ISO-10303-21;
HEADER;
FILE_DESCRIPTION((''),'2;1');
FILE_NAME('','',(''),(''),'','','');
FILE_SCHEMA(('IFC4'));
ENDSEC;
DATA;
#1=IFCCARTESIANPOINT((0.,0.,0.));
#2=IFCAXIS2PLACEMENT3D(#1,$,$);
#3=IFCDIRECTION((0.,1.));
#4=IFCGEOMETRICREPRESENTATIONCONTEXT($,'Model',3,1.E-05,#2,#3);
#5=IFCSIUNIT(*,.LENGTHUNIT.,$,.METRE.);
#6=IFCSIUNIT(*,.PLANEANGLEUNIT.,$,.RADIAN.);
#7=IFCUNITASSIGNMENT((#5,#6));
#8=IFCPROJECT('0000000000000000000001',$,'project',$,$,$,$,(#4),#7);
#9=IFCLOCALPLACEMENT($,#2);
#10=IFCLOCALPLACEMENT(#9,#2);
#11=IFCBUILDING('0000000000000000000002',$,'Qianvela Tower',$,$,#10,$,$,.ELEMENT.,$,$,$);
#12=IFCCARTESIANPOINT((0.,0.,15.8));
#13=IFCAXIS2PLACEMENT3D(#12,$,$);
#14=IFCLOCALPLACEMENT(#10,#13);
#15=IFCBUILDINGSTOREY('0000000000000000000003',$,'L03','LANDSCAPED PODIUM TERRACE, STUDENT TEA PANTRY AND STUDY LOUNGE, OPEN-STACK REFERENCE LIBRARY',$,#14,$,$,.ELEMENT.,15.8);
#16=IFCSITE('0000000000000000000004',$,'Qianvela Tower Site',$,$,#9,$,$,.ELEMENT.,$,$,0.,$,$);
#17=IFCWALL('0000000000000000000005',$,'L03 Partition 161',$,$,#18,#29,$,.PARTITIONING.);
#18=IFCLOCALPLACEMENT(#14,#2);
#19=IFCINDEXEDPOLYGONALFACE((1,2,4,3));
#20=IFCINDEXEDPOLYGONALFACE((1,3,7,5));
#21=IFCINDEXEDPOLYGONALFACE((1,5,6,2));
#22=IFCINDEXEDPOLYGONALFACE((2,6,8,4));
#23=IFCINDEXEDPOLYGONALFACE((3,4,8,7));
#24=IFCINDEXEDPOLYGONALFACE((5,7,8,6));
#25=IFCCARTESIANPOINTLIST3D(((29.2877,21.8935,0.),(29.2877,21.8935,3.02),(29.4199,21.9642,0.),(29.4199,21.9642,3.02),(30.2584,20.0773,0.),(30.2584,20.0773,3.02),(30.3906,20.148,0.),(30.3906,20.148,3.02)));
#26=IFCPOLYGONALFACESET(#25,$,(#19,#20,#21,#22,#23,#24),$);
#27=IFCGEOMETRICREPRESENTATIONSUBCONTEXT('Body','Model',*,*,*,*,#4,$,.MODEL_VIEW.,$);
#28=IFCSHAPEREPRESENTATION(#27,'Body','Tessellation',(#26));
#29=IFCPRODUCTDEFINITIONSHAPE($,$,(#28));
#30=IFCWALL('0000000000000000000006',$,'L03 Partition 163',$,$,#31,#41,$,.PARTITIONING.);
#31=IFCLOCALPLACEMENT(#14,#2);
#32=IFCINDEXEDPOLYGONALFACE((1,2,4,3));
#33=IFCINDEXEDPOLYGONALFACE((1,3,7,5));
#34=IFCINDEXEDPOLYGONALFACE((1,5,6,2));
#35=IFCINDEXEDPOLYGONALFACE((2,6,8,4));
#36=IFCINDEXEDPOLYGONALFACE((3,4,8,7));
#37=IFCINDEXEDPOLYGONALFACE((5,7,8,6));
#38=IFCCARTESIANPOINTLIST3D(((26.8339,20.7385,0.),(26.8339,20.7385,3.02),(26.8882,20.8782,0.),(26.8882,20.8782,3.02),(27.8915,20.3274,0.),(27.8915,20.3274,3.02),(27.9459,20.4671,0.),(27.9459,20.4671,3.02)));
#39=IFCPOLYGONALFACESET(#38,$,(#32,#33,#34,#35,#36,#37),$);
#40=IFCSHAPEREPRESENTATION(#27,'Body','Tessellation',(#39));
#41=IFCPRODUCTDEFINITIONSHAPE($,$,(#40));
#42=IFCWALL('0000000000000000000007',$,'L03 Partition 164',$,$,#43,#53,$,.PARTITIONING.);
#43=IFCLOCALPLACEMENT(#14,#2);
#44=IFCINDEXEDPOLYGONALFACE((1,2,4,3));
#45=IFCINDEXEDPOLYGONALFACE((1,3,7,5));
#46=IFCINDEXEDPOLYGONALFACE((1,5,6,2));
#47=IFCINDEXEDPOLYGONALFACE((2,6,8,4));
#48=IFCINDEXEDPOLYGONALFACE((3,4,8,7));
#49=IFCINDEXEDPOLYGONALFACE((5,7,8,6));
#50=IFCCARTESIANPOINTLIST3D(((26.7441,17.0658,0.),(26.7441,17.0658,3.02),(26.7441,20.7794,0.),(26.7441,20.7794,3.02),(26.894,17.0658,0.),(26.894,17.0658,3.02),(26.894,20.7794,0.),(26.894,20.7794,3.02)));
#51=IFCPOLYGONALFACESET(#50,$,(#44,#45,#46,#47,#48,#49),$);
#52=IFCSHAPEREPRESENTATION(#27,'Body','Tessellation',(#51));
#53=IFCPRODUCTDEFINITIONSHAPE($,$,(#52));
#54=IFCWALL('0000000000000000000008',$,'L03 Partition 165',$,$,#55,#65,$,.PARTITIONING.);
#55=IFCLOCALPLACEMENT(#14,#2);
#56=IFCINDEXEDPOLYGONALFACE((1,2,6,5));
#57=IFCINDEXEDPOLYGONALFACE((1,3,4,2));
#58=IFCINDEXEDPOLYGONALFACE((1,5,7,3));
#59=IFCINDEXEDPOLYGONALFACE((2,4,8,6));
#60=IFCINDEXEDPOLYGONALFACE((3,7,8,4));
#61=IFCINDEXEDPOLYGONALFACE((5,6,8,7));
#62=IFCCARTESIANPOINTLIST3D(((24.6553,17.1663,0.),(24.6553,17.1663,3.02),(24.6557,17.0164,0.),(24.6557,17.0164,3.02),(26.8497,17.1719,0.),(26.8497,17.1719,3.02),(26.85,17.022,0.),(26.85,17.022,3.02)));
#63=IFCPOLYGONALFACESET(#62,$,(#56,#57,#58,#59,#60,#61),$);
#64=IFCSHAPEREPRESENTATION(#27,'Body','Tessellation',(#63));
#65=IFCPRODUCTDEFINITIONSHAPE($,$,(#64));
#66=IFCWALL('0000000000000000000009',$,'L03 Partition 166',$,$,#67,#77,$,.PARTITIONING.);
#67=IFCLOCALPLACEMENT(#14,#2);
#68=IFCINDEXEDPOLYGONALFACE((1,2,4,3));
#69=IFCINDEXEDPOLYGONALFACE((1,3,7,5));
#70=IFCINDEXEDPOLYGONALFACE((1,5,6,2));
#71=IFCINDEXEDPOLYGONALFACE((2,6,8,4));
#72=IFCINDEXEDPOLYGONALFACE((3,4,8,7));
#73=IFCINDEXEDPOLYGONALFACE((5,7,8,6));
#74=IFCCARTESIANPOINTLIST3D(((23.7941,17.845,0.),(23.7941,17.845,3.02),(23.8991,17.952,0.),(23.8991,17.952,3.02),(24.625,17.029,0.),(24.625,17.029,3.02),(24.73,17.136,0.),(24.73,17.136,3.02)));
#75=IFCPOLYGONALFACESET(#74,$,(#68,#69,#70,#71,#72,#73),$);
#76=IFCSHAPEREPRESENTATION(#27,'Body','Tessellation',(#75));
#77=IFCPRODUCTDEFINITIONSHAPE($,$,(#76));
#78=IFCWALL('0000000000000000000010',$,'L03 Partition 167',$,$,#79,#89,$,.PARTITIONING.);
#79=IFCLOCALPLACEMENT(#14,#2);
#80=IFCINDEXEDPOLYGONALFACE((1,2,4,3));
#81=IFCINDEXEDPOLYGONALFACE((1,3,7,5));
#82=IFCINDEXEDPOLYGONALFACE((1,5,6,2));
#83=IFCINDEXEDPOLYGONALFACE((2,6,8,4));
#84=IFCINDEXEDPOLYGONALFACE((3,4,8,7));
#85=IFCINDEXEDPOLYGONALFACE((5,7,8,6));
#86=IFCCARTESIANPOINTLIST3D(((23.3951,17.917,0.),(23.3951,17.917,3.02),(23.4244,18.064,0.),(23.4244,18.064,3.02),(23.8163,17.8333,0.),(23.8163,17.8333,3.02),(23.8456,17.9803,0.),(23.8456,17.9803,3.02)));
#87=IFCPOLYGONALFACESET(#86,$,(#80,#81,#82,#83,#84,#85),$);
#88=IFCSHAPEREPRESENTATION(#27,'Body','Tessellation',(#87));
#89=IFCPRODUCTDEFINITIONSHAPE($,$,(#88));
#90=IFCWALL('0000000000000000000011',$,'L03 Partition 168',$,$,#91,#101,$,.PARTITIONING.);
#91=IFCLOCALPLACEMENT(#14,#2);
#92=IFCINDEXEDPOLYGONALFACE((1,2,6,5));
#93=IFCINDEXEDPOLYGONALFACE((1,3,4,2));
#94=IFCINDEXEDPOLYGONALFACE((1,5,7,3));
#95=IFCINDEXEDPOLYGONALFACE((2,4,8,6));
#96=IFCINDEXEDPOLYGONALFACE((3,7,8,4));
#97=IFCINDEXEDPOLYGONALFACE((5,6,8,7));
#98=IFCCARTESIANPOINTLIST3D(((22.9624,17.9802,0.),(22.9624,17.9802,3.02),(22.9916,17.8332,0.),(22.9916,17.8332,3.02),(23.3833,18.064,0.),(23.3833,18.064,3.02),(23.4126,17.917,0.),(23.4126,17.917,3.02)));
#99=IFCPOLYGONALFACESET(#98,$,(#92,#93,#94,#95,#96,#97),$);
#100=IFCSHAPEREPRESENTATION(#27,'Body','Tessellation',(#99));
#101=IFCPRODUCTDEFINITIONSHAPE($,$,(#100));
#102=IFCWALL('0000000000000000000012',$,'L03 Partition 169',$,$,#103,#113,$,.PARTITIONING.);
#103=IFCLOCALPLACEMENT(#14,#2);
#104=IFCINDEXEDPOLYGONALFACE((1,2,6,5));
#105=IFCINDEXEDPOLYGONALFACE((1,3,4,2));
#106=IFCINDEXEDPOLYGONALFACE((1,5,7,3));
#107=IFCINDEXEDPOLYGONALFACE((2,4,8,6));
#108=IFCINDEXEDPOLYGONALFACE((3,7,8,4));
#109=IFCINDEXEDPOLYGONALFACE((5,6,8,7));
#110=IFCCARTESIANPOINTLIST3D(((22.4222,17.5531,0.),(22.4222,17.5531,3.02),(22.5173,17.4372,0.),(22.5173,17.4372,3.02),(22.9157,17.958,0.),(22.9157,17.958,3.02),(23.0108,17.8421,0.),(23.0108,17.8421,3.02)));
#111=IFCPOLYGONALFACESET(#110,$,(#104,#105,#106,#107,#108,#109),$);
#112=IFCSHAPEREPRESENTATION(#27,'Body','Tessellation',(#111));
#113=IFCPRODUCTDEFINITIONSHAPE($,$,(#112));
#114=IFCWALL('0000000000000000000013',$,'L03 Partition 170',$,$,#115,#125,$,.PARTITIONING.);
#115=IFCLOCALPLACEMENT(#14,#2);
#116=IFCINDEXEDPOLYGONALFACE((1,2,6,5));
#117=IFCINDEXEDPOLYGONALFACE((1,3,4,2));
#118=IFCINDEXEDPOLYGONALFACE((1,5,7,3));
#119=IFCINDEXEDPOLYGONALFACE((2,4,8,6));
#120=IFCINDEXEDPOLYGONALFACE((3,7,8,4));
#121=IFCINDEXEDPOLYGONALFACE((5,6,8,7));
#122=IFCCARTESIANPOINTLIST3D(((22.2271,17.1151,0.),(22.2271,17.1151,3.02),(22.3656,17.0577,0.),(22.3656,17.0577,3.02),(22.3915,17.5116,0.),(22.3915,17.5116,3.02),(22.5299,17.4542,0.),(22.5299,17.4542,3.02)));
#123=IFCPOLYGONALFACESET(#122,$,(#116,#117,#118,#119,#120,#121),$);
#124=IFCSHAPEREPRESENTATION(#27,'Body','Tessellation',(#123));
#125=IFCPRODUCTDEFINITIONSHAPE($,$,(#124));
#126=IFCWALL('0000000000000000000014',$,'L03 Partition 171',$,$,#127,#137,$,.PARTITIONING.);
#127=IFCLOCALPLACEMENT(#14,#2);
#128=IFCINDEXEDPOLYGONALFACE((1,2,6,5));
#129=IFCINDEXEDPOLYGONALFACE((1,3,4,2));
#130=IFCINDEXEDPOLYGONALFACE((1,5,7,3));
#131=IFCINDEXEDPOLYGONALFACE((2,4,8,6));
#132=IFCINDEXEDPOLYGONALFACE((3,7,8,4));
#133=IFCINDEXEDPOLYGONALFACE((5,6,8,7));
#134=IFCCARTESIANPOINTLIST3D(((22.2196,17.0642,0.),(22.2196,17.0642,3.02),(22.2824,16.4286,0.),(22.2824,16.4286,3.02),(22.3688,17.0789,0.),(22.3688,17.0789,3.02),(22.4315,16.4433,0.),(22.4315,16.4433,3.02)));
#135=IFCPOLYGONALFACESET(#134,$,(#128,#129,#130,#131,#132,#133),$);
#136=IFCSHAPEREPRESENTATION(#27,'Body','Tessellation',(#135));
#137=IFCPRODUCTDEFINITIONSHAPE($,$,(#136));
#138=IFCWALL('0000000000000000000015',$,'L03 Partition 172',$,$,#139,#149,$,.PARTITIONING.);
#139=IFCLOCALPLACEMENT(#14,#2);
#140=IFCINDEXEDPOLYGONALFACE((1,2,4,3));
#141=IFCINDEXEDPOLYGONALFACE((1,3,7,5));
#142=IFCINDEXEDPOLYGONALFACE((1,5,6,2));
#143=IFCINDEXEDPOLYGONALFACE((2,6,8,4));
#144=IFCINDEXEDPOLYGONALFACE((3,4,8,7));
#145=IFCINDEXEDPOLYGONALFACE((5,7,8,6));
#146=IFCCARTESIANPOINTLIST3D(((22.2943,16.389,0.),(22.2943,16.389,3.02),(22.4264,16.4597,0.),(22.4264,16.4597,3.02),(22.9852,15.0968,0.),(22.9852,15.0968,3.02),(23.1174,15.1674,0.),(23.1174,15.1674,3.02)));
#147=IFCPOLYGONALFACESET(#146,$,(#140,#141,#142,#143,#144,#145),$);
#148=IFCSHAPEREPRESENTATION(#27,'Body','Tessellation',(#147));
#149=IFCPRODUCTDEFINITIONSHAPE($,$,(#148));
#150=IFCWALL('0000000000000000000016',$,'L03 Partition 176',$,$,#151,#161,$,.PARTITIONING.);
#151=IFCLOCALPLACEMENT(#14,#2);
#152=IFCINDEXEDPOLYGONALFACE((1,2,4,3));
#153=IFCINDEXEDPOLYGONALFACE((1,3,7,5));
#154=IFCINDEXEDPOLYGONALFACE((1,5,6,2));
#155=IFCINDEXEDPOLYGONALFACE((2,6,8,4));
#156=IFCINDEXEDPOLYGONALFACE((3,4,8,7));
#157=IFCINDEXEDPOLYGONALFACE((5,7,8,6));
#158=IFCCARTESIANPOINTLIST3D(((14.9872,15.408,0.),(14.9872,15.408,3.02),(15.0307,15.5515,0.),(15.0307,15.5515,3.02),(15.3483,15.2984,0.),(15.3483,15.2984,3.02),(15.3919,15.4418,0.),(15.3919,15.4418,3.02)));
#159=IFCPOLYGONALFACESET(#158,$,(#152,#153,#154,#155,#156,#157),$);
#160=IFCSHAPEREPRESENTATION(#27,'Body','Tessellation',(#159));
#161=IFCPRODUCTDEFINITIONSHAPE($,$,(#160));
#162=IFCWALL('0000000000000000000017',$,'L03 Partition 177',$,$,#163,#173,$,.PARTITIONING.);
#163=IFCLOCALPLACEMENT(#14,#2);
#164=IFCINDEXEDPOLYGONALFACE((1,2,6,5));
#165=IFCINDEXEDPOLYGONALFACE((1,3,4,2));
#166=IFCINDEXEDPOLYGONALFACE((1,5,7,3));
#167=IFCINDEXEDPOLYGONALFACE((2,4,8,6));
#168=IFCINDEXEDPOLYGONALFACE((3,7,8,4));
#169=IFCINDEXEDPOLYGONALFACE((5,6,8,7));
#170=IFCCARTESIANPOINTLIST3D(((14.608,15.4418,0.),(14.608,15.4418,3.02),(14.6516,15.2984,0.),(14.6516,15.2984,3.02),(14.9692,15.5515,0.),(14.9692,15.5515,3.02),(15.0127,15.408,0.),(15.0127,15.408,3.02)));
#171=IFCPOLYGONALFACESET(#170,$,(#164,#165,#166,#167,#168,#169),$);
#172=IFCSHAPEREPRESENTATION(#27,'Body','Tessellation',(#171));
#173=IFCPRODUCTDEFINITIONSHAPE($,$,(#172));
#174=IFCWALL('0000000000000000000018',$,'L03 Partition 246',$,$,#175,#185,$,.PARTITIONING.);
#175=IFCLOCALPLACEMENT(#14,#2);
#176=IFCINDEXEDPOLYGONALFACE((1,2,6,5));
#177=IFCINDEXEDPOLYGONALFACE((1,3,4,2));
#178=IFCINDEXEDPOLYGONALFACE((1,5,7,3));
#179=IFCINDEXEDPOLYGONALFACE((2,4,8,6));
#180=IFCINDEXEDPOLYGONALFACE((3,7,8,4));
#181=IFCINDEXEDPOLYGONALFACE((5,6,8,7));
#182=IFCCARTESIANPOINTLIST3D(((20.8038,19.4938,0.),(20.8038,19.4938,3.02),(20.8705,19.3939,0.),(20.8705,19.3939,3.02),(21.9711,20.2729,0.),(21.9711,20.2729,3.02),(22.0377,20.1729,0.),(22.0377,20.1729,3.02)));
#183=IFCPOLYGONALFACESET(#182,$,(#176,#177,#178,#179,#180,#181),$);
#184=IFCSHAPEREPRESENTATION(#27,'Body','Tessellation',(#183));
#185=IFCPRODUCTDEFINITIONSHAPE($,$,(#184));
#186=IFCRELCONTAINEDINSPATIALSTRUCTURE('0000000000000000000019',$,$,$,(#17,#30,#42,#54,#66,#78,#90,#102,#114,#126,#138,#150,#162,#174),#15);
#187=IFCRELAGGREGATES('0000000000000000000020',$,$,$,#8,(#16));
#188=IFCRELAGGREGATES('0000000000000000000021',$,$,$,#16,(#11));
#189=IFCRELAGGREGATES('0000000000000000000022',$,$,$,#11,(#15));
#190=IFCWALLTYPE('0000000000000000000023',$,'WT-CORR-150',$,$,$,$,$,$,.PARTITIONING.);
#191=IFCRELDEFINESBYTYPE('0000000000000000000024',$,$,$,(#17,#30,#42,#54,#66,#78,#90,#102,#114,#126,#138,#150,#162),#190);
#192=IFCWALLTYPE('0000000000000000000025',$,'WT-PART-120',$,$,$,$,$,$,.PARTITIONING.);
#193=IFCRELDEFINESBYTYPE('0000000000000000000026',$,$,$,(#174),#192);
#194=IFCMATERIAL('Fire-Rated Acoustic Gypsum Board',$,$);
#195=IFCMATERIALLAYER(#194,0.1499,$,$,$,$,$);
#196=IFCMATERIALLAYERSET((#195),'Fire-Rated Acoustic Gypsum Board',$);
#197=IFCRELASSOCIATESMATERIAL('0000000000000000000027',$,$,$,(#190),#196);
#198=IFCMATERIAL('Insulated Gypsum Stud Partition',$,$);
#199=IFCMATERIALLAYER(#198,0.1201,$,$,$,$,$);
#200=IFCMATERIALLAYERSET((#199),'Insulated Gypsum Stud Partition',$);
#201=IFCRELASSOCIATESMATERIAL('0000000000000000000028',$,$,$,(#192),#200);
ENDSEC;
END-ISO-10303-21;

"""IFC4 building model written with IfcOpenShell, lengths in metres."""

from ifc_helpers import new_model, si_unit, direction, frame, frame_2d, origin, place, context, subcontext, project, spatial, rectangle, extrude, material, layer, layer_set, type_object, element, save


model = new_model("IFC4")

# Units and contexts
model_context = context("Model", 3, precision=1e-05, world=origin(), true_north=direction((0.0, 1.0)))
body_context = subcontext(model_context, "Body", "Model", "MODEL_VIEW")
ifc_project = project(units=[si_unit("LENGTHUNIT", "METRE"), si_unit("PLANEANGLEUNIT", "RADIAN")], contexts=[model_context])

# Site, building, storey
site_placement = place(None, origin())
site = spatial("IfcSite", under=ifc_project, at=site_placement, Name="Qianvela Tower Site", CompositionType="ELEMENT", RefElevation=0.0)
building_placement = place(site_placement, origin())
building = spatial("IfcBuilding", under=site, at=building_placement, Name="Qianvela Tower", CompositionType="ELEMENT")
storey_placement = place(building_placement, frame((0.0, 0.0, 15.8)))
storey = spatial("IfcBuildingStorey", under=building, at=storey_placement, Name="L03", Description="LANDSCAPED PODIUM TERRACE, STUDENT TEA PANTRY AND STUDY LOUNGE, OPEN-STACK REFERENCE LIBRARY", CompositionType="ELEMENT", Elevation=15.8)

# Walls
ifc_material_1 = material(Name="Fire-Rated Acoustic Gypsum Board")
ifc_layer_1 = layer(ifc_material_1, 0.1499)
ifc_layer_set_1 = layer_set([ifc_layer_1], Name="Fire-Rated Acoustic Gypsum Board")
wall_type_1 = type_object("IfcWallType", Name="WT-CORR-150", PredefinedType="PARTITIONING", material=ifc_layer_set_1)
wall_1_placement = place(storey_placement, frame((29.3538, 21.929, 0.0), z_axis=(0.0, 0.0, 1.0), x_axis=(0.471376, -0.881933, 0.0)))
element("IfcWall", 1, at=wall_1_placement, inside=storey, type_object=wall_type_1, Name="L03 Partition 161", PredefinedType="PARTITIONING", context=body_context, shape_type="SweptSolid", body=[
    extrude(rectangle(XDim=2.0593, YDim=0.1499, at=frame_2d((1.0298, 0.0))), origin(), (0.0, 0.0, 1.0), 3.02),
])
wall_2_placement = place(storey_placement, frame((27.9187, 20.3972, 0.0), z_axis=(0.0, 0.0, 1.0), x_axis=(-0.932053, 0.362322, 0.0)))
element("IfcWall", 2, at=wall_2_placement, inside=storey, type_object=wall_type_1, Name="L03 Partition 163", PredefinedType="PARTITIONING", context=body_context, shape_type="SweptSolid", body=[
    extrude(rectangle(XDim=1.1348, YDim=0.1499, at=frame_2d((0.5674, 0.0))), origin(), (0.0, 0.0, 1.0), 3.02),
])
wall_3_placement = place(storey_placement, frame((26.8191, 20.7795, 0.0), z_axis=(0.0, 0.0, 1.0), x_axis=(0.0, -1.0, 0.0)))
element("IfcWall", 3, at=wall_3_placement, inside=storey, type_object=wall_type_1, Name="L03 Partition 164", PredefinedType="PARTITIONING", context=body_context, shape_type="SweptSolid", body=[
    extrude(rectangle(XDim=3.7136, YDim=0.1499, at=frame_2d((1.8569, 0.0))), origin(), (0.0, 0.0, 1.0), 3.02),
])
wall_4_placement = place(storey_placement, frame((26.8499, 17.0969, 0.0), z_axis=(0.0, 0.0, 1.0), x_axis=(-0.999997, -0.002559, 0.0)))
element("IfcWall", 4, at=wall_4_placement, inside=storey, type_object=wall_type_1, Name="L03 Partition 165", PredefinedType="PARTITIONING", context=body_context, shape_type="SweptSolid", body=[
    extrude(rectangle(XDim=2.1943, YDim=0.1499, at=frame_2d((1.0972, 0.0))), origin(), (0.0, 0.0, 1.0), 3.02),
])
wall_5_placement = place(storey_placement, frame((24.6775, 17.0825, 0.0), z_axis=(0.0, 0.0, 1.0), x_axis=(-0.713472, 0.700683, 0.0)))
element("IfcWall", 5, at=wall_5_placement, inside=storey, type_object=wall_type_1, Name="L03 Partition 166", PredefinedType="PARTITIONING", context=body_context, shape_type="SweptSolid", body=[
    extrude(rectangle(XDim=1.1646, YDim=0.1499, at=frame_2d((0.5823, 0.0))), origin(), (0.0, 0.0, 1.0), 3.02),
])
wall_6_placement = place(storey_placement, frame((23.8311, 17.9067, 0.0), z_axis=(0.0, 0.0, 1.0), x_axis=(-0.980799, 0.195023, 0.0)))
element("IfcWall", 6, at=wall_6_placement, inside=storey, type_object=wall_type_1, Name="L03 Partition 167", PredefinedType="PARTITIONING", context=body_context, shape_type="SweptSolid", body=[
    extrude(rectangle(XDim=0.4294, YDim=0.1499, at=frame_2d((0.2148, 0.0))), origin(), (0.0, 0.0, 1.0), 3.02),
])
wall_7_placement = place(storey_placement, frame((23.3979, 17.9905, 0.0), z_axis=(0.0, 0.0, 1.0), x_axis=(-0.980777, -0.195131, 0.0)))
element("IfcWall", 7, at=wall_7_placement, inside=storey, type_object=wall_type_1, Name="L03 Partition 168", PredefinedType="PARTITIONING", context=body_context, shape_type="SweptSolid", body=[
    extrude(rectangle(XDim=0.4292, YDim=0.1499, at=frame_2d((0.2146, 0.0))), origin(), (0.0, 0.0, 1.0), 3.02),
])
wall_8_placement = place(storey_placement, frame((22.9634, 17.9001, 0.0), z_axis=(0.0, 0.0, 1.0), x_axis=(-0.773088, -0.634299, 0.0)))
element("IfcWall", 8, at=wall_8_placement, inside=storey, type_object=wall_type_1, Name="L03 Partition 169", PredefinedType="PARTITIONING", context=body_context, shape_type="SweptSolid", body=[
    extrude(rectangle(XDim=0.6384, YDim=0.1499, at=frame_2d((0.3193, 0.0))), origin(), (0.0, 0.0, 1.0), 3.02),
])
wall_9_placement = place(storey_placement, frame((22.4607, 17.4829, 0.0), z_axis=(0.0, 0.0, 1.0), x_axis=(-0.382837, -0.923816, 0.0)))
element("IfcWall", 9, at=wall_9_placement, inside=storey, type_object=wall_type_1, Name="L03 Partition 170", PredefinedType="PARTITIONING", context=body_context, shape_type="SweptSolid", body=[
    extrude(rectangle(XDim=0.4292, YDim=0.1499, at=frame_2d((0.2146, 0.0))), origin(), (0.0, 0.0, 1.0), 3.02),
])
wall_10_placement = place(storey_placement, frame((22.2942, 17.0715, 0.0), z_axis=(0.0, 0.0, 1.0), x_axis=(0.098254, -0.995161, 0.0)))
element("IfcWall", 10, at=wall_10_placement, inside=storey, type_object=wall_type_1, Name="L03 Partition 171", PredefinedType="PARTITIONING", context=body_context, shape_type="SweptSolid", body=[
    extrude(rectangle(XDim=0.6387, YDim=0.1499, at=frame_2d((0.3193, 0.0))), origin(), (0.0, 0.0, 1.0), 3.02),
])
wall_11_placement = place(storey_placement, frame((22.3604, 16.4243, 0.0), z_axis=(0.0, 0.0, 1.0), x_axis=(0.471505, -0.881864, 0.0)))
element("IfcWall", 11, at=wall_11_placement, inside=storey, type_object=wall_type_1, Name="L03 Partition 172", PredefinedType="PARTITIONING", context=body_context, shape_type="SweptSolid", body=[
    extrude(rectangle(XDim=1.4653, YDim=0.1499, at=frame_2d((0.7327, 0.0))), origin(), (0.0, 0.0, 1.0), 3.02),
])
for number, where, z_axis, x_axis, name in (
    (12, (15.3701, 15.3701, 0.0), (0.0, 0.0, 1.0), (-0.956877, 0.290492, 0.0), "L03 Partition 176"),
    (13, (14.991, 15.4797, 0.0), (0.0, 0.0, 1.0), (-0.956877, -0.290492, 0.0), "L03 Partition 177"),
):
    element("IfcWall", number, at=place(storey_placement, frame(where, z_axis=z_axis, x_axis=x_axis)), inside=storey, type_object=wall_type_1, Name=name, PredefinedType="PARTITIONING", context=body_context, shape_type="SweptSolid", body=[
        extrude(rectangle(XDim=0.3774, YDim=0.1499, at=frame_2d((0.1887, 0.0))), origin(), (0.0, 0.0, 1.0), 3.02),
    ])
ifc_material_2 = material(Name="Insulated Gypsum Stud Partition")
ifc_layer_2 = layer(ifc_material_2, 0.1201)
ifc_layer_set_2 = layer_set([ifc_layer_2], Name="Insulated Gypsum Stud Partition")
wall_type_2 = type_object("IfcWallType", Name="WT-PART-120", PredefinedType="PARTITIONING", material=ifc_layer_set_2)
wall_12_placement = place(storey_placement, frame((22.0044, 20.2229, 0.0), z_axis=(0.0, 0.0, 1.0), x_axis=(-0.831756, -0.555142, 0.0)))
element("IfcWall", 14, at=wall_12_placement, inside=storey, type_object=wall_type_2, Name="L03 Partition 246", PredefinedType="PARTITIONING", context=body_context, shape_type="SweptSolid", body=[
    extrude(rectangle(XDim=1.4033, YDim=0.1201, at=frame_2d((0.7017, 0.0))), origin(), (0.0, 0.0, 1.0), 3.02),
])

save(model, "model.ifc")
